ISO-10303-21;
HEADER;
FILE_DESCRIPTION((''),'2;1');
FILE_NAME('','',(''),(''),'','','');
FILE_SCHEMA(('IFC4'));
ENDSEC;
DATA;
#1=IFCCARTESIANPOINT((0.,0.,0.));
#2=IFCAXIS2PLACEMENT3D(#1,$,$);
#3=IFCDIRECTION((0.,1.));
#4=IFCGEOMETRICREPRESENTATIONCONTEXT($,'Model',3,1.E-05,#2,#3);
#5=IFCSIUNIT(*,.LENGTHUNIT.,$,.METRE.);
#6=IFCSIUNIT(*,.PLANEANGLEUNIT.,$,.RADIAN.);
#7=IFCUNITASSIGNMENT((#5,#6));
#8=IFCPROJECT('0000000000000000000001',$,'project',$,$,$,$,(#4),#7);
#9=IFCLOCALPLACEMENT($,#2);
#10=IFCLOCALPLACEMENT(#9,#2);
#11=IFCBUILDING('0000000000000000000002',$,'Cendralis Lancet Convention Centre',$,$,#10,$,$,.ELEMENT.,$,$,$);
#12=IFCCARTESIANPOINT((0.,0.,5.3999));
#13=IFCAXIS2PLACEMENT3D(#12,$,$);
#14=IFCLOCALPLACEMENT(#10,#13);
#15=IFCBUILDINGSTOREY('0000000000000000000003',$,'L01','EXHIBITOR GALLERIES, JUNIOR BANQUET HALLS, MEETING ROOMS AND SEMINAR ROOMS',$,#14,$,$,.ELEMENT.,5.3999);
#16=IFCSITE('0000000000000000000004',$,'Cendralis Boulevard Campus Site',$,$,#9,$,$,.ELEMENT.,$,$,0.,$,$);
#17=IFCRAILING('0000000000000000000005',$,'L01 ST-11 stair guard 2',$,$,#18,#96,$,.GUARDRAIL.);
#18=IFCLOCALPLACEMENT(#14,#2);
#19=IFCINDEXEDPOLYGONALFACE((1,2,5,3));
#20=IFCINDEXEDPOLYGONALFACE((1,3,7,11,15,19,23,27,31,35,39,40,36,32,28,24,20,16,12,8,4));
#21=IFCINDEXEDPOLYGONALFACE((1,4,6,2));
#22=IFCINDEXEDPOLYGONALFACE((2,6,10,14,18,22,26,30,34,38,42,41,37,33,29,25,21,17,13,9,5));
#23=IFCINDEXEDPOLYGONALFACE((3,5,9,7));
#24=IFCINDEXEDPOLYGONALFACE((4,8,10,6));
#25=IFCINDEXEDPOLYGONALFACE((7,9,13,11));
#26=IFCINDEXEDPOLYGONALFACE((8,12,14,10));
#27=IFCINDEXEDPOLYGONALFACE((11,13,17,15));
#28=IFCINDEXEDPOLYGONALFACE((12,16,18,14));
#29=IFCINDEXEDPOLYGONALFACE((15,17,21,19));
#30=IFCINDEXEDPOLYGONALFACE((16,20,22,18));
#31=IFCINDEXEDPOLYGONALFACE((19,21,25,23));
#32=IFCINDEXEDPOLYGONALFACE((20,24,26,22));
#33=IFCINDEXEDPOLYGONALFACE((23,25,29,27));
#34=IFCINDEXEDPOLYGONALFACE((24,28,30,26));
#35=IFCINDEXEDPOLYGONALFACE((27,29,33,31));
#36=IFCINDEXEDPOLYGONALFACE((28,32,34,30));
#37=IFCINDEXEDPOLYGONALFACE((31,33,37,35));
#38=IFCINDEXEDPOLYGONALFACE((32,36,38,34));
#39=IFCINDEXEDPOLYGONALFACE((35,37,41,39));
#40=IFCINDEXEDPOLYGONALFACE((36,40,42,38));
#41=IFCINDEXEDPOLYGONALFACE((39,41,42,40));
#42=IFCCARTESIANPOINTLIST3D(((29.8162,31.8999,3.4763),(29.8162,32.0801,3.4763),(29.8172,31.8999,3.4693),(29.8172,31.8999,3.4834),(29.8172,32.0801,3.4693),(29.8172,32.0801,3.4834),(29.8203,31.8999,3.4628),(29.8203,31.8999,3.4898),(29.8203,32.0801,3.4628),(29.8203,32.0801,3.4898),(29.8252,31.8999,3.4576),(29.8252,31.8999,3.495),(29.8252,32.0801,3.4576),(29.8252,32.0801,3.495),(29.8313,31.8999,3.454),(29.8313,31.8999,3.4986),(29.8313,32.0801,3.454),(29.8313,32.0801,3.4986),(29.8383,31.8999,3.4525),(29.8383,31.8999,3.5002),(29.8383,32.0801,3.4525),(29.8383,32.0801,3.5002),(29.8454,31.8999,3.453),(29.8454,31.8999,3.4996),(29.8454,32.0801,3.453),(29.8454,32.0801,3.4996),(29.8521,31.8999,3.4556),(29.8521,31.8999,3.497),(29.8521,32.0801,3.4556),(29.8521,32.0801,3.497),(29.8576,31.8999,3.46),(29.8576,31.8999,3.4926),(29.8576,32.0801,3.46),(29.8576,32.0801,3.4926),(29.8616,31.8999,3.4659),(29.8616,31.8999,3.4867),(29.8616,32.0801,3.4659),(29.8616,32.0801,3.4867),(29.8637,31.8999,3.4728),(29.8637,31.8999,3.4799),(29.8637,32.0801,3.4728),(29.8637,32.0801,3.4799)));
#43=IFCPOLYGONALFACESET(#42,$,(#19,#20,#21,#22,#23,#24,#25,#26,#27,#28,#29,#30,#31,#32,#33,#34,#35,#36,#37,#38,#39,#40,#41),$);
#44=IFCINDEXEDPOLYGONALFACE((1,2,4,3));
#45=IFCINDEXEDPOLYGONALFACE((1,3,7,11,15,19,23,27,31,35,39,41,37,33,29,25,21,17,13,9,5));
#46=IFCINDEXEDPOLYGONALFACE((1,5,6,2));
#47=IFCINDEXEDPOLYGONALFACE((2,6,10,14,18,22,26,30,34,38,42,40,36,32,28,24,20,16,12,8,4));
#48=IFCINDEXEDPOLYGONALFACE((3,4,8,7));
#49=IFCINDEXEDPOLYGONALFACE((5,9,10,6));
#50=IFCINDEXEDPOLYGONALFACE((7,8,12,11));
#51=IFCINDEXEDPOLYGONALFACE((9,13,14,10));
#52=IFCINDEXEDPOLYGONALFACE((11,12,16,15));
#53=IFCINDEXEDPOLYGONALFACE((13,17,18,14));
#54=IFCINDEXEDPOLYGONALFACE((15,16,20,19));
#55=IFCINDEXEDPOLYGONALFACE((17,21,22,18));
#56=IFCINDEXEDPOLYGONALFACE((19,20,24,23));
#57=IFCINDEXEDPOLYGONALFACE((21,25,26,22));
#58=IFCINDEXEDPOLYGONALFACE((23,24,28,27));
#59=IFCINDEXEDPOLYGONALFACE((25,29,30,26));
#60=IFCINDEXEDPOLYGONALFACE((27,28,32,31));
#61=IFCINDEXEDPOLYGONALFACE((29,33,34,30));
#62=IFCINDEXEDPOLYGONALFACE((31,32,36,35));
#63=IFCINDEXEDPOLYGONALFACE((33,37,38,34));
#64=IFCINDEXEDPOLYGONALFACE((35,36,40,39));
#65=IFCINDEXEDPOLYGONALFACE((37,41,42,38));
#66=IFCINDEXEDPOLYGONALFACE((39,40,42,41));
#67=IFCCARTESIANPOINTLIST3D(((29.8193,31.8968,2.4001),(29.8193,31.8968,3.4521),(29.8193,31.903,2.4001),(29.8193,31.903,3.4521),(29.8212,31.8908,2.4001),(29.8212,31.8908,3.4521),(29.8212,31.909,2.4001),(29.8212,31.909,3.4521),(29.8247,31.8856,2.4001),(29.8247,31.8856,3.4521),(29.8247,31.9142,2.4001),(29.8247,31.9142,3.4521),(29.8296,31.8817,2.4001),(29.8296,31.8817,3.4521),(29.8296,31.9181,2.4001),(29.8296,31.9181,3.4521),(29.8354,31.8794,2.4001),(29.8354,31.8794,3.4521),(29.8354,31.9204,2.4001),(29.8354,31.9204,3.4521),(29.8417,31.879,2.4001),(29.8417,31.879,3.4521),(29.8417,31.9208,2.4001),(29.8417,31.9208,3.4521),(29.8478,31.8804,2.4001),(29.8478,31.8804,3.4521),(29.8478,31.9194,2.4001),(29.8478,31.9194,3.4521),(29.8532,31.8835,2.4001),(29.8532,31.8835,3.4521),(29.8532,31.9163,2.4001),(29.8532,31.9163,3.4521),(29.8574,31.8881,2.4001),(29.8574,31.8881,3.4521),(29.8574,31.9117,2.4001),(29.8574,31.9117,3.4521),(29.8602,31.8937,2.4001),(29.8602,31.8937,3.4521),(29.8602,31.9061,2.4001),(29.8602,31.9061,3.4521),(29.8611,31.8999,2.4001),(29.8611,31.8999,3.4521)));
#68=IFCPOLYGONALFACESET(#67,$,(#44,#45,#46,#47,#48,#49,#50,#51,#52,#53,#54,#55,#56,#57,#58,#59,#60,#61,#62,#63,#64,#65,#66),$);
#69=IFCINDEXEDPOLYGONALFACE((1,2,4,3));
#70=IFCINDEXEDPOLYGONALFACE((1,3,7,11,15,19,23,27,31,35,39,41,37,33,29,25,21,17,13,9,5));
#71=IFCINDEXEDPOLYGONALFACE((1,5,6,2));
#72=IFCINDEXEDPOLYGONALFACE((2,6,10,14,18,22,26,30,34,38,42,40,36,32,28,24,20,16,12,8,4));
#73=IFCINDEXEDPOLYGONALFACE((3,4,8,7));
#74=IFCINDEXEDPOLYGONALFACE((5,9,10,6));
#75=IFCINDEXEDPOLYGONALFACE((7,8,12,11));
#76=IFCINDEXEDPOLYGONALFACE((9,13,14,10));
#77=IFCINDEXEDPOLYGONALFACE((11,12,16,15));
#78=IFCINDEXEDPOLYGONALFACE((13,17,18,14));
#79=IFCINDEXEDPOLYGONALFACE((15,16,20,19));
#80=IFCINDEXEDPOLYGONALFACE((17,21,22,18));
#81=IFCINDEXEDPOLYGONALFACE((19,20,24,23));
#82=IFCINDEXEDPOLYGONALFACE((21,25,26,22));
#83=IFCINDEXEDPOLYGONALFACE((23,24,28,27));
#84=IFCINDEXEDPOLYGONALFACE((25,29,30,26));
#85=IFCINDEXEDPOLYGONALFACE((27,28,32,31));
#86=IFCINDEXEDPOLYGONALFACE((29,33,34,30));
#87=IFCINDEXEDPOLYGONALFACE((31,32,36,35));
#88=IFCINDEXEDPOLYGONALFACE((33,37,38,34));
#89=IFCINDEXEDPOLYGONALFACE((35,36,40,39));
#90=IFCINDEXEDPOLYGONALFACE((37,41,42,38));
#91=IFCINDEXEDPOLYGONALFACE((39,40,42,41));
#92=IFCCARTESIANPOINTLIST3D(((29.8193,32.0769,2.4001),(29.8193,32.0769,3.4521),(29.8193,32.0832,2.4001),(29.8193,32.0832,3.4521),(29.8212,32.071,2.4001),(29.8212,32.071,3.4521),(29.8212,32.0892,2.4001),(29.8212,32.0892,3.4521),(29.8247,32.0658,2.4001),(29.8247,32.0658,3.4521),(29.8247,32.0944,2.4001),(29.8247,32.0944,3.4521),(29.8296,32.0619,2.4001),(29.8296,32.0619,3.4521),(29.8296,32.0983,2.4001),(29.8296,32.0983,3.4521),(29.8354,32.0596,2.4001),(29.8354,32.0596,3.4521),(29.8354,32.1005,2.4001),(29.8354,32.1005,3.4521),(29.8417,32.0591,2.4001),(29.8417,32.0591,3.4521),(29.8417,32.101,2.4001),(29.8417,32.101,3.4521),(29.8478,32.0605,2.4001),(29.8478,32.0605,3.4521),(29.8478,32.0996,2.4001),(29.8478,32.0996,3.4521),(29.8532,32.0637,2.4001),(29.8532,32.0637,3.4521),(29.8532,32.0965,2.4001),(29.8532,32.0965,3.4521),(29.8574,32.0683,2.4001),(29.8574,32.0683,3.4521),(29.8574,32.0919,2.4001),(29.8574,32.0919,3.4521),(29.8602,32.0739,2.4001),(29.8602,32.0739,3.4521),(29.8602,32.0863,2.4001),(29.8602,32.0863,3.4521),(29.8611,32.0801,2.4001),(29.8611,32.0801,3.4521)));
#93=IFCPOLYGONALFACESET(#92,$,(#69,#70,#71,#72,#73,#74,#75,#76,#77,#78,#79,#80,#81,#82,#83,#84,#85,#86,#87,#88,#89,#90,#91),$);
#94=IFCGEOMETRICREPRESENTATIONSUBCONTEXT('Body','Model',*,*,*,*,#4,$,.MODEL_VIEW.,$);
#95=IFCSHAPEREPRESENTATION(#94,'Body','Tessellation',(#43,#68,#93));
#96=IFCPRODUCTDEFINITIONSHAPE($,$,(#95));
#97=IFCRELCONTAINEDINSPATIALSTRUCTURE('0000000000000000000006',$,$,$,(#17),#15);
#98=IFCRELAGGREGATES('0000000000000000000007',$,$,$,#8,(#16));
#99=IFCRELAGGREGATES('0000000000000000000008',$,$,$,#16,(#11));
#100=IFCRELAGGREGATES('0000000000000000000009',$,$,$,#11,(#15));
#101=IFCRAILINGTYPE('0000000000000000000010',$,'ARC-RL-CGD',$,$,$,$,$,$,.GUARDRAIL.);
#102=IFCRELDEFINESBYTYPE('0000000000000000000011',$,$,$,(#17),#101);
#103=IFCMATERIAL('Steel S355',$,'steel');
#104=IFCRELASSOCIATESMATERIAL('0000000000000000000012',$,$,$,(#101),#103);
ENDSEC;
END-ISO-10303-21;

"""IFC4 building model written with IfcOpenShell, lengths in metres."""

from ifc_helpers import new_model, si_unit, direction, frame, origin, origin_2d, place, context, subcontext, project, spatial, circle, extrude, material, type_object, element, save


model = new_model("IFC4")

# Units and contexts
model_context = context("Model", 3, precision=1e-05, world=origin(), true_north=direction((0.0, 1.0)))
body_context = subcontext(model_context, "Body", "Model", "MODEL_VIEW")
ifc_project = project(units=[si_unit("LENGTHUNIT", "METRE"), si_unit("PLANEANGLEUNIT", "RADIAN")], contexts=[model_context])

# Site, building, storey
site_placement = place(None, origin())
site = spatial("IfcSite", under=ifc_project, at=site_placement, Name="Cendralis Boulevard Campus Site", CompositionType="ELEMENT", RefElevation=0.0)
building_placement = place(site_placement, origin())
building = spatial("IfcBuilding", under=site, at=building_placement, Name="Cendralis Lancet Convention Centre", CompositionType="ELEMENT")
storey_placement = place(building_placement, frame((0.0, 0.0, 5.3999)))
storey = spatial("IfcBuildingStorey", under=building, at=storey_placement, Name="L01", Description="EXHIBITOR GALLERIES, JUNIOR BANQUET HALLS, MEETING ROOMS AND SEMINAR ROOMS", CompositionType="ELEMENT", Elevation=5.3999)

# Shared definitions
ifc_material_1 = material(Name="Steel S355", Category="steel")

# Railing
railing_type_1 = type_object("IfcRailingType", Name="ARC-RL-CGD", PredefinedType="GUARDRAIL", material=ifc_material_1)
railing_1_placement = place(storey_placement, frame((29.8401, 31.8999, 2.4001)))
element("IfcRailing", 1, at=railing_1_placement, inside=storey, type_object=railing_type_1, Name="L01 ST-11 stair guard 2", PredefinedType="GUARDRAIL", context=body_context, shape_type="SweptSolid", body=[
    extrude(circle(Radius=0.0239, at=origin_2d()), frame((0.0, 0.0, 1.0762), z_axis=(0.0, 1.0, 0.0), x_axis=(-1.0, 0.0, 0.0)), (0.0, 0.0, 1.0), 0.1802),
    extrude(circle(Radius=0.021, at=origin_2d()), origin(), (0.0, 0.0, 1.0), 1.052),
    extrude(circle(Radius=0.021, at=origin_2d()), frame((0.0, 0.1802, 0.0)), (0.0, 0.0, 1.0), 1.052),
])

save(model, "model.ifc")
